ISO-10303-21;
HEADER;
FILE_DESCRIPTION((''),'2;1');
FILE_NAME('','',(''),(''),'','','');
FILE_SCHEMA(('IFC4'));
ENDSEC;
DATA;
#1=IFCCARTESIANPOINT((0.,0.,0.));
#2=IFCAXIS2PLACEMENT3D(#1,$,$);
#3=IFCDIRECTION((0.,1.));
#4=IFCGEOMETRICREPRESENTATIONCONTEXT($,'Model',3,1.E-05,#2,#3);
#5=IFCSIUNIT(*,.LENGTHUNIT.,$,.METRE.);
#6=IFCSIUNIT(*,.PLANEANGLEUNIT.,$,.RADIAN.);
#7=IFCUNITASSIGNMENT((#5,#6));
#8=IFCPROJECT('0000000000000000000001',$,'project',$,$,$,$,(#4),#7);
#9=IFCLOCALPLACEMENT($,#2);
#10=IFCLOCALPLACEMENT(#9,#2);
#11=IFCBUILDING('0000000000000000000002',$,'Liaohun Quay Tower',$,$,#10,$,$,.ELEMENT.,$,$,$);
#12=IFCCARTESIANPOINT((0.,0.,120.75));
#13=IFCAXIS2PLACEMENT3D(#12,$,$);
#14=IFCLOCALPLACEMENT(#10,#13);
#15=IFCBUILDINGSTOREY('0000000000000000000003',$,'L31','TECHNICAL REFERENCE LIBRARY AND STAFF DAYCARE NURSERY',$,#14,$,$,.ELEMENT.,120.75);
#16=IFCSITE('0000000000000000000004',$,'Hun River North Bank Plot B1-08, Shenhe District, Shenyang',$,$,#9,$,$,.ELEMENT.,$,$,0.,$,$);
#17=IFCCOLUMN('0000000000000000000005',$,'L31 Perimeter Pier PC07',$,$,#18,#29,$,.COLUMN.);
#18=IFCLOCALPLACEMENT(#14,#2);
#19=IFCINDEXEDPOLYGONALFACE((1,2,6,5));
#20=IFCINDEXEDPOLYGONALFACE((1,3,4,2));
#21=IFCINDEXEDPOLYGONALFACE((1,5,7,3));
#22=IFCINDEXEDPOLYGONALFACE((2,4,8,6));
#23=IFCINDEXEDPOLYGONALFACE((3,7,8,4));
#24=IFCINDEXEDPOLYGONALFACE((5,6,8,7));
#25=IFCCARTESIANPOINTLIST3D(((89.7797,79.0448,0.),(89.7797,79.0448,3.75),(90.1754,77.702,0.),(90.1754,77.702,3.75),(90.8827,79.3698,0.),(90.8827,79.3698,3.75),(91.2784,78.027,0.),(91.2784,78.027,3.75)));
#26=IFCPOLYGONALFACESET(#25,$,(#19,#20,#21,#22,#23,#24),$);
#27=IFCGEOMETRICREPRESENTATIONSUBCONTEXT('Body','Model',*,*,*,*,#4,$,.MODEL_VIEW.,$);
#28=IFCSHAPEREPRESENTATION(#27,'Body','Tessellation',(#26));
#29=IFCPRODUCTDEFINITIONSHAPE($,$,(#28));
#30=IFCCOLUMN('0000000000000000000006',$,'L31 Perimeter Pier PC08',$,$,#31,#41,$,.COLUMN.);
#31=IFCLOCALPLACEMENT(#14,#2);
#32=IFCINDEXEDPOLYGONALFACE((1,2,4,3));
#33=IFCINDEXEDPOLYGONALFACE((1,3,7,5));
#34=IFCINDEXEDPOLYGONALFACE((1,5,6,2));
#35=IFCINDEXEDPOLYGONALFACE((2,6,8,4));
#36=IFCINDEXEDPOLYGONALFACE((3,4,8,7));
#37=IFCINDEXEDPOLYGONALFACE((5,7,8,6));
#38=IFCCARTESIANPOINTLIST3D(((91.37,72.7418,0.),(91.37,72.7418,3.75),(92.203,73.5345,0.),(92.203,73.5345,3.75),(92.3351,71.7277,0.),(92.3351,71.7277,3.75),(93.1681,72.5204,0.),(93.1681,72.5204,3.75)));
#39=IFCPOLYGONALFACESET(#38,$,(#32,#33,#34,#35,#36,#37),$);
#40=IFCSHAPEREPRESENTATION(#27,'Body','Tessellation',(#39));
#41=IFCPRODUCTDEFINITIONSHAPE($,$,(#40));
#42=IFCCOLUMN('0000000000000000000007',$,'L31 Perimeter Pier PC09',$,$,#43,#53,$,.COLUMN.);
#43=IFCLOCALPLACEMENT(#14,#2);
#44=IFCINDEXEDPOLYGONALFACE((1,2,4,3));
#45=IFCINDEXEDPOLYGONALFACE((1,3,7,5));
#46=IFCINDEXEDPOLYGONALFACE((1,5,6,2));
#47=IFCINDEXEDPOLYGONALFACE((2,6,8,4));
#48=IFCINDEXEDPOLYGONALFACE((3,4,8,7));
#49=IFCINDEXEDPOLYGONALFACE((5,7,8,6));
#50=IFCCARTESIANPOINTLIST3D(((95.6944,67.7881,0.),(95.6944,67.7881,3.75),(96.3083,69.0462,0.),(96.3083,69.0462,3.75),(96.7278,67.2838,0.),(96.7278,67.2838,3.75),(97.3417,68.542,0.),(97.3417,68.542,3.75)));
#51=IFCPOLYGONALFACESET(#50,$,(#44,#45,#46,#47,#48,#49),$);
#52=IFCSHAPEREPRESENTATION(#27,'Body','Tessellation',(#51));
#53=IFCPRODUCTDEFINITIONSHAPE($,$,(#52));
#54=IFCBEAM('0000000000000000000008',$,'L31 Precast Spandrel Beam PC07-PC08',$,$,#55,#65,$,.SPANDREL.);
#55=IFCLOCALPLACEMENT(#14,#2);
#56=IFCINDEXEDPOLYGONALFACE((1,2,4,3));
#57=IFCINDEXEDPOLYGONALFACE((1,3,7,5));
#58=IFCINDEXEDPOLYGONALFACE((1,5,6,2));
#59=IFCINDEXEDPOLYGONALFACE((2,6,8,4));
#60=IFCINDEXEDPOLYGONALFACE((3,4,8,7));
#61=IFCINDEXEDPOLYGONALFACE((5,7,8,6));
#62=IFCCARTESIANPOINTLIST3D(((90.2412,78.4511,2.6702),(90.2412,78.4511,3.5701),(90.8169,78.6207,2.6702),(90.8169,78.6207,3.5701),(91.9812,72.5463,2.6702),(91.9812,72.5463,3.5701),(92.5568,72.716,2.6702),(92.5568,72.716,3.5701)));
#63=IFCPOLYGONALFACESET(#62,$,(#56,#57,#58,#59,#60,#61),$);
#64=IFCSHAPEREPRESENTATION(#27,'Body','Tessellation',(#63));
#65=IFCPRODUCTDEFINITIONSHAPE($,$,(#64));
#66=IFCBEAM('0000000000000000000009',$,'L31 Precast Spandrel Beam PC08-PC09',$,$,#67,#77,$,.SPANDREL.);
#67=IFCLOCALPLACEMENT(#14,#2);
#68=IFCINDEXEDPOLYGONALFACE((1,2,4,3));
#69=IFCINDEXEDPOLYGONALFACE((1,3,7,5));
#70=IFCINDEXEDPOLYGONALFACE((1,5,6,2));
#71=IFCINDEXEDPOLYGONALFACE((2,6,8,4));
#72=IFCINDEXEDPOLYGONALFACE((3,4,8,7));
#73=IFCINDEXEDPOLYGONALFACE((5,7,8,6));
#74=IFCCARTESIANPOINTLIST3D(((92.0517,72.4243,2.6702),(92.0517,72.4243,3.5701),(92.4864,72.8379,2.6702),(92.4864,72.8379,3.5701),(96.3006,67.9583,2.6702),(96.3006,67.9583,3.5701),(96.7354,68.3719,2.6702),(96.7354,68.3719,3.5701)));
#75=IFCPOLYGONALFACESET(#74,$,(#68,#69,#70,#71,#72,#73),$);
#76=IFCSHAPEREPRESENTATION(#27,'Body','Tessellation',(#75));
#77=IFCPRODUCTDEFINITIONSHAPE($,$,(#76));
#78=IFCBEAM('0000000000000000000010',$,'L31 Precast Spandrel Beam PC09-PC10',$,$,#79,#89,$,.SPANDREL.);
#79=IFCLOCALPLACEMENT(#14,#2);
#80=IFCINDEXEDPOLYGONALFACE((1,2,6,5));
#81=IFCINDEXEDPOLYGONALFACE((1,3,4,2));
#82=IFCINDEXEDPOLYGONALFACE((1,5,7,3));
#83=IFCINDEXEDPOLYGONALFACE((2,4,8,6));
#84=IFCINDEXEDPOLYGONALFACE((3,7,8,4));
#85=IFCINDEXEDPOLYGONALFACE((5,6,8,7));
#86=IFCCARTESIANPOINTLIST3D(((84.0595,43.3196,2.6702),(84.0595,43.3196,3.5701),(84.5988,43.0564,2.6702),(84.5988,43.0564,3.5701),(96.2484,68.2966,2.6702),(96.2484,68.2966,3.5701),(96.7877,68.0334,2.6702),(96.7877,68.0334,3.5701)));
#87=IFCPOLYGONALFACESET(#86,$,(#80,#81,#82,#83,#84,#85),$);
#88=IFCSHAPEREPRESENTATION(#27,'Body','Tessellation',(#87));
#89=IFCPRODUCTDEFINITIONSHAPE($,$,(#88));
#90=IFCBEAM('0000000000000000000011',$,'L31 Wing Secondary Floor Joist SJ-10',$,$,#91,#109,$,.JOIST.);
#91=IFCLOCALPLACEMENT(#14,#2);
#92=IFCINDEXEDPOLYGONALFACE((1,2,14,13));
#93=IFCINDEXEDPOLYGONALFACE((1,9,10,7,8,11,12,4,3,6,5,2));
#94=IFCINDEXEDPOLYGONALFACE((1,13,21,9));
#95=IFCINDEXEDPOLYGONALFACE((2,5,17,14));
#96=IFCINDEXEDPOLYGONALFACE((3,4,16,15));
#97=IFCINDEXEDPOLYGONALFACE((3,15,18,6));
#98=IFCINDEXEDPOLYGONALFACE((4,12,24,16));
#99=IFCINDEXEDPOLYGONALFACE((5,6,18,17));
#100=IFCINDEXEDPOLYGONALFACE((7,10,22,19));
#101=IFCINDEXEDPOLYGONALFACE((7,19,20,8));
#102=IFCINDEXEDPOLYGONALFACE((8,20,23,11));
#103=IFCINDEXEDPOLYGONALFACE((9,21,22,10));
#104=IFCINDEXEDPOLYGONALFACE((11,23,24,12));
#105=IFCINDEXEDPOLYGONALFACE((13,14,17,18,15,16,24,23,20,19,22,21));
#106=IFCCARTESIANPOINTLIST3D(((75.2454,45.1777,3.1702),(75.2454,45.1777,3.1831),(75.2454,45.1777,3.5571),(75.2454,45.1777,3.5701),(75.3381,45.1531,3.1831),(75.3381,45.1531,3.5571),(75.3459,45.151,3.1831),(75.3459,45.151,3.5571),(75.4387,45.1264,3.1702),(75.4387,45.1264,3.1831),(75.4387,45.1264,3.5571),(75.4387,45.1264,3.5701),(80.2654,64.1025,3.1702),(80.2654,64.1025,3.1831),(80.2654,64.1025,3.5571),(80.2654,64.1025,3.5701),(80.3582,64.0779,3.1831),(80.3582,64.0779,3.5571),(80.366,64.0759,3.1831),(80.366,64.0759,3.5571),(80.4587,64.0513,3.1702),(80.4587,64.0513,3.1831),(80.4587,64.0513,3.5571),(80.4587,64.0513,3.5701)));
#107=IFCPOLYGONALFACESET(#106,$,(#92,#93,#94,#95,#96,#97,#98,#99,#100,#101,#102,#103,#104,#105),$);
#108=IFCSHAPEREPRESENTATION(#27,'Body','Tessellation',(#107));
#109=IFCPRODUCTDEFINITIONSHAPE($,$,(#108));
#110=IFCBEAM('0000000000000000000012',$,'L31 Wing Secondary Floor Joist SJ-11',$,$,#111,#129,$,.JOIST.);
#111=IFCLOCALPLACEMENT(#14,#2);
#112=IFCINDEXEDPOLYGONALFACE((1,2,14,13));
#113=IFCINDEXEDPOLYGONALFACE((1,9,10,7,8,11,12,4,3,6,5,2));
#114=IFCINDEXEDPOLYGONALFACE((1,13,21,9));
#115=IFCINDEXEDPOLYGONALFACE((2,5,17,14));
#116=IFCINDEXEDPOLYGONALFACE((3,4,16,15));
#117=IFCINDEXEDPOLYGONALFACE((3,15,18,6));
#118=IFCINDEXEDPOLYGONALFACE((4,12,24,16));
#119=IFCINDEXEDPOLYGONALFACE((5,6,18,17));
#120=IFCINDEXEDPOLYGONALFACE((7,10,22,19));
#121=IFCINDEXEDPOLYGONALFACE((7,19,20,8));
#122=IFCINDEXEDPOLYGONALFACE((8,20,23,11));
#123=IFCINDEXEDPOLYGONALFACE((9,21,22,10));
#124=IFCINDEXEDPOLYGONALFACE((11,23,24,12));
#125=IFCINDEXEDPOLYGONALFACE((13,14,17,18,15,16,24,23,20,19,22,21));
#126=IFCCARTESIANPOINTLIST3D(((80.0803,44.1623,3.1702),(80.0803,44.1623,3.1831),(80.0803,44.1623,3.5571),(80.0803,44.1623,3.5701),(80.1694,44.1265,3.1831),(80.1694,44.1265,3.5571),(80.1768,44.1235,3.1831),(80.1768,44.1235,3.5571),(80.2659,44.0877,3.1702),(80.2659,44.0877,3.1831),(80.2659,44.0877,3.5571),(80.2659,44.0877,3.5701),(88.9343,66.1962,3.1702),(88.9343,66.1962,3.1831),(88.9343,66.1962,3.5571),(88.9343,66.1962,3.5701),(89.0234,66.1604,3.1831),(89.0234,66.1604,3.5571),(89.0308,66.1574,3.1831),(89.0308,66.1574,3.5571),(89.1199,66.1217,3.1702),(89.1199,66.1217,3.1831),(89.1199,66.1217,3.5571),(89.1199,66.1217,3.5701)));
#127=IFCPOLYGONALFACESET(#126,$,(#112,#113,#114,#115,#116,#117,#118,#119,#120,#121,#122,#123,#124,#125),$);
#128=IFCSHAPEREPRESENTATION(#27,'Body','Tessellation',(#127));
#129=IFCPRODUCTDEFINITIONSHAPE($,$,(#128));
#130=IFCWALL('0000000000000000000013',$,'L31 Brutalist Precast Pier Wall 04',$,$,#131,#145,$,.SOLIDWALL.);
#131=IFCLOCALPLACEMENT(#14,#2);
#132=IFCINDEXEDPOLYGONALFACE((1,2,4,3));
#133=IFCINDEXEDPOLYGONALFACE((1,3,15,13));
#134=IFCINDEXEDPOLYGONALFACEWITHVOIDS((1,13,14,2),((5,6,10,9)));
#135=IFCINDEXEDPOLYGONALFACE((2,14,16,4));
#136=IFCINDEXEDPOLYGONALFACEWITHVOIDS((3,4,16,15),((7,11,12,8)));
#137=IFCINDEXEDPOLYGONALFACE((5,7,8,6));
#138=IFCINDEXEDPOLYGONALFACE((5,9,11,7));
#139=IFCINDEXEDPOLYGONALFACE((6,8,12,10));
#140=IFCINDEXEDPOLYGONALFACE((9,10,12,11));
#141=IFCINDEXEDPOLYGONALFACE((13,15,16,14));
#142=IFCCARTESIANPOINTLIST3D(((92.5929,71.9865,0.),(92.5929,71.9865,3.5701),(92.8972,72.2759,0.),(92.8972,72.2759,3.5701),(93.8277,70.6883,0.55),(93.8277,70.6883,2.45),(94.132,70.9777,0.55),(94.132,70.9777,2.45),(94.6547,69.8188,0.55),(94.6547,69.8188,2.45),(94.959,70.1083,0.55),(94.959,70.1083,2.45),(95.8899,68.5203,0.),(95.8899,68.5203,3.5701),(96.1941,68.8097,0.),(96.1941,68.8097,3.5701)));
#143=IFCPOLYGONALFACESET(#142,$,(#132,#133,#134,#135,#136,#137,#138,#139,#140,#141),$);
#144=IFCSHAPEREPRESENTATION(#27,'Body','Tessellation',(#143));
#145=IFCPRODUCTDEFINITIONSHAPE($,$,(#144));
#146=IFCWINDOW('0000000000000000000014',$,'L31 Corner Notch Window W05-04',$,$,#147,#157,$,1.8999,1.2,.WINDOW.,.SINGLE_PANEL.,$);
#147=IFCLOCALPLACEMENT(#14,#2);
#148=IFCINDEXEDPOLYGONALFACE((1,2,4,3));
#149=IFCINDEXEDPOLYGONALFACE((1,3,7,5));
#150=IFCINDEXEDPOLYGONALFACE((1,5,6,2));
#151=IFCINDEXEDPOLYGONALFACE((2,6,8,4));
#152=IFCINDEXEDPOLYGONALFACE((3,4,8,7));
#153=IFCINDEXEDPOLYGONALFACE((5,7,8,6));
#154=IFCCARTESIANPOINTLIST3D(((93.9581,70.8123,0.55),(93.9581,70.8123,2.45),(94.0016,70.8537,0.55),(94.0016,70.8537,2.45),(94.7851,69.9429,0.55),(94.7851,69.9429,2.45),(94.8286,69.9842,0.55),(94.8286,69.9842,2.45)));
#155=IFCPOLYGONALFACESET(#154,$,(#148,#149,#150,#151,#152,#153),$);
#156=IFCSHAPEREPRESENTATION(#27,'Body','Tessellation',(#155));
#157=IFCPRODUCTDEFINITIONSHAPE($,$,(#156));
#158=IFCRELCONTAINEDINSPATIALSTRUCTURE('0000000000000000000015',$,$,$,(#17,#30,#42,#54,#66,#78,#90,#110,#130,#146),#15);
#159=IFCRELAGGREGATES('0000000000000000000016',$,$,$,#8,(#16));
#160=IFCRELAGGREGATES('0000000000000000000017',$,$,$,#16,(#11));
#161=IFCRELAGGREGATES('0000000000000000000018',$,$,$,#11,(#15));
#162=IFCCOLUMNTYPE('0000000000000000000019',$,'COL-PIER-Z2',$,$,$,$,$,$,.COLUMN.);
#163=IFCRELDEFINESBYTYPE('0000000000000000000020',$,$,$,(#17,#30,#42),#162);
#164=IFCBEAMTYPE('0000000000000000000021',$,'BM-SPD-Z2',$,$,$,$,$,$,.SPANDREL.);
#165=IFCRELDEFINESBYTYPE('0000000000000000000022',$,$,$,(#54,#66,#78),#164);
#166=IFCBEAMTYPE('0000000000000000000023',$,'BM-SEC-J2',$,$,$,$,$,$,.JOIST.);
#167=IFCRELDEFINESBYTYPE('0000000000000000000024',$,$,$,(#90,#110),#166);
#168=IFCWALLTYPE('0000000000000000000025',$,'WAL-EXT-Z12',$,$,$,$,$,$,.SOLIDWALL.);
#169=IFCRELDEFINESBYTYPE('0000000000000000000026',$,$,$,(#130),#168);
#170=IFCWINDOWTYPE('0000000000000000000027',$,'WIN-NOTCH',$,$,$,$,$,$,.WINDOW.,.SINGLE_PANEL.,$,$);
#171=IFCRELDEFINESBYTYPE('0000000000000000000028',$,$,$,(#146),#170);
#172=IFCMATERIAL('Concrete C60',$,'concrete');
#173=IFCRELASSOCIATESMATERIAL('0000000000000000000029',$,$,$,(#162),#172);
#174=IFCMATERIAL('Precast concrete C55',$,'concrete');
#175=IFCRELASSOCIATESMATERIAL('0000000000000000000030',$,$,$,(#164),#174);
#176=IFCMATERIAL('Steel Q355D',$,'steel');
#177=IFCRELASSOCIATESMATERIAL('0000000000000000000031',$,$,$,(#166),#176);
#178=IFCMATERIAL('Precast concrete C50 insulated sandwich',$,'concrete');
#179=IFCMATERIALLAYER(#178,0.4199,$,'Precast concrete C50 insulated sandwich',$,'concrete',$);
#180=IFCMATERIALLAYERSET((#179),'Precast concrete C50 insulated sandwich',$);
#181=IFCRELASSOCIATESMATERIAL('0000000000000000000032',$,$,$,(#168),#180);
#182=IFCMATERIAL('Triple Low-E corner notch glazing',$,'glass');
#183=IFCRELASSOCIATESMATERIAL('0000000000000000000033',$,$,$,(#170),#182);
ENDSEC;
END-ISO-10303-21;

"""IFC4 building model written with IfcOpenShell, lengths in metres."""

from ifc_helpers import new_model, si_unit, direction, frame, frame_2d, origin, origin_2d, place, context, subcontext, project, spatial, rectangle, i_section, extrude, source, transform, mapped, material, layer, layer_set, material_profile, profile_set, type_object, element, fill, save


model = new_model("IFC4")

# Units and contexts
model_context = context("Model", 3, precision=1e-05, world=origin(), true_north=direction((0.0, 1.0)))
body_context = subcontext(model_context, "Body", "Model", "MODEL_VIEW")
ifc_project = project(units=[si_unit("LENGTHUNIT", "METRE"), si_unit("PLANEANGLEUNIT", "RADIAN")], contexts=[model_context])

# Site, building, storey
site_placement = place(None, origin())
site = spatial("IfcSite", under=ifc_project, at=site_placement, Name="Hun River North Bank Plot B1-08, Shenhe District, Shenyang", CompositionType="ELEMENT", RefElevation=0.0)
building_placement = place(site_placement, origin())
building = spatial("IfcBuilding", under=site, at=building_placement, Name="Liaohun Quay Tower", CompositionType="ELEMENT")
storey_placement = place(building_placement, frame((0.0, 0.0, 120.75)))
storey = spatial("IfcBuildingStorey", under=building, at=storey_placement, Name="L31", Description="TECHNICAL REFERENCE LIBRARY AND STAFF DAYCARE NURSERY", CompositionType="ELEMENT", Elevation=120.75)

# Columns
ifc_material_1 = material(Name="Concrete C60", Category="concrete")
ifc_material_profile_1 = material_profile(ifc_material_1, rectangle(XDim=1.3999, YDim=1.1499, at=origin_2d()), Name="RC1400x1150")
ifc_profile_set_1 = profile_set([ifc_material_profile_1], Name="Concrete C60")
column_type = type_object("IfcColumnType", Name="COL-PIER-Z2", PredefinedType="COLUMN", material=ifc_profile_set_1)
shared_shape_1 = source(origin(), body_context, "Body", "SweptSolid", [
    extrude(rectangle(XDim=1.3999, YDim=1.1499, at=origin_2d()), origin(), (0.0, 0.0, 1.0), 3.75),
])
for number, where, z_axis, x_axis, name in (
    (1, (90.5291, 78.5359, 0.0), (0.0, 0.0, 1.0), (-0.282676, 0.959215, 0.0), "L31 Perimeter Pier PC07"),
    (2, (92.269, 72.6311, 0.0), (0.0, 0.0, 1.0), (-0.689367, 0.724413, 0.0), "L31 Perimeter Pier PC08"),
    (3, (96.5181, 68.165, 0.0), (0.0, 0.0, 1.0), (0.438528, 0.898718, 0.0), "L31 Perimeter Pier PC09"),
):
    element("IfcColumn", number, at=place(storey_placement, frame(where, z_axis=z_axis, x_axis=x_axis)), inside=storey, type_object=column_type, Name=name, PredefinedType="COLUMN", context=body_context, shape_type="MappedRepresentation", body=[
        mapped(shared_shape_1, transform((0.0, 0.0, 0.0), x_axis=(1.0, 0.0, 0.0), y_axis=(0.0, 1.0, 0.0), z_axis=(0.0, 0.0, 1.0), scale=1.0)),
    ])

# Beams
ifc_material_2 = material(Name="Precast concrete C55", Category="concrete")
ifc_material_profile_2 = material_profile(ifc_material_2, rectangle(XDim=0.6001, YDim=0.8999, at=origin_2d()), Name="RC600x900")
ifc_profile_set_2 = profile_set([ifc_material_profile_2], Name="Precast concrete C55")
beam_type_1 = type_object("IfcBeamType", Name="BM-SPD-Z2", PredefinedType="SPANDREL", material=ifc_profile_set_2)
shared_shape_2 = source(origin(), body_context, "Body", "SweptSolid", [
    extrude(rectangle(XDim=0.6001, YDim=0.8999, at=origin_2d()), origin(), (0.0, 0.0, 1.0), 6.1558),
])
beam_1_placement = place(storey_placement, frame((90.5291, 78.5359, 3.1201), z_axis=(0.282658, -0.959221, 0.0), x_axis=(0.959221, 0.282658, 0.0)))
element("IfcBeam", 4, at=beam_1_placement, inside=storey, type_object=beam_type_1, Name="L31 Precast Spandrel Beam PC07-PC08", PredefinedType="SPANDREL", context=body_context, shape_type="MappedRepresentation", body=[
    mapped(shared_shape_2, transform((0.0, 0.0, 0.0), x_axis=(1.0, 0.0, 0.0), y_axis=(0.0, 1.0, 0.0), z_axis=(0.0, 0.0, 1.0), scale=1.0)),
])
shared_shape_3 = source(origin(), body_context, "Body", "SweptSolid", [
    extrude(rectangle(XDim=0.6001, YDim=0.8999, at=origin_2d()), origin(), (0.0, 0.0, 1.0), 6.1643),
])
beam_2_placement = place(storey_placement, frame((92.269, 72.6311, 3.1201), z_axis=(0.689283, -0.724492, 0.0), x_axis=(0.724492, 0.689283, 0.0)))
element("IfcBeam", 5, at=beam_2_placement, inside=storey, type_object=beam_type_1, Name="L31 Precast Spandrel Beam PC08-PC09", PredefinedType="SPANDREL", context=body_context, shape_type="MappedRepresentation", body=[
    mapped(shared_shape_3, transform((0.0, 0.0, 0.0), x_axis=(1.0, 0.0, 0.0), y_axis=(0.0, 1.0, 0.0), z_axis=(0.0, 0.0, 1.0), scale=1.0)),
])
shared_shape_4 = source(origin(), body_context, "Body", "SweptSolid", [
    extrude(rectangle(XDim=0.6001, YDim=0.8999, at=origin_2d()), origin(), (0.0, 0.0, 1.0), 27.7925),
])
beam_3_placement = place(storey_placement, frame((96.5181, 68.165, 3.1201), z_axis=(-0.43857, -0.898697, 0.0), x_axis=(0.898697, -0.43857, 0.0)))
element("IfcBeam", 6, at=beam_3_placement, inside=storey, type_object=beam_type_1, Name="L31 Precast Spandrel Beam PC09-PC10", PredefinedType="SPANDREL", context=body_context, shape_type="MappedRepresentation", body=[
    mapped(shared_shape_4, transform((0.0, 0.0, 0.0), x_axis=(1.0, 0.0, 0.0), y_axis=(0.0, 1.0, 0.0), z_axis=(0.0, 0.0, 1.0), scale=1.0)),
])
ifc_material_3 = material(Name="Steel Q355D", Category="steel")
ifc_material_profile_3 = material_profile(ifc_material_3, i_section(OverallWidth=0.2, OverallDepth=0.3999, WebThickness=0.0081, FlangeThickness=0.0129, at=origin_2d()), Name="HN400x200x8x13")
ifc_profile_set_3 = profile_set([ifc_material_profile_3], Name="Steel Q355D")
beam_type_2 = type_object("IfcBeamType", Name="BM-SEC-J2", PredefinedType="JOIST", material=ifc_profile_set_3)
shared_shape_5 = source(origin(), body_context, "Body", "SweptSolid", [
    extrude(i_section(OverallWidth=0.2, OverallDepth=0.3999, WebThickness=0.0081, FlangeThickness=0.0129, at=origin_2d()), origin(), (0.0, 0.0, 1.0), 19.5793),
])
beam_4_placement = place(storey_placement, frame((80.3621, 64.0769, 3.3701), z_axis=(-0.256394, -0.966572, 0.0), x_axis=(0.966572, -0.256394, 0.0)))
element("IfcBeam", 7, at=beam_4_placement, inside=storey, type_object=beam_type_2, Name="L31 Wing Secondary Floor Joist SJ-10", PredefinedType="JOIST", context=body_context, shape_type="MappedRepresentation", body=[
    mapped(shared_shape_5, transform((0.0, 0.0, 0.0), x_axis=(1.0, 0.0, 0.0), y_axis=(0.0, 1.0, 0.0), z_axis=(0.0, 0.0, 1.0), scale=1.0)),
])
shared_shape_6 = source(origin(), body_context, "Body", "SweptSolid", [
    extrude(i_section(OverallWidth=0.2, OverallDepth=0.3999, WebThickness=0.0081, FlangeThickness=0.0129, at=origin_2d()), origin(), (0.0, 0.0, 1.0), 23.7463),
])
beam_5_placement = place(storey_placement, frame((89.0271, 66.1589, 3.3701), z_axis=(-0.372858, -0.927888, 0.0), x_axis=(0.927888, -0.372858, 0.0)))
element("IfcBeam", 8, at=beam_5_placement, inside=storey, type_object=beam_type_2, Name="L31 Wing Secondary Floor Joist SJ-11", PredefinedType="JOIST", context=body_context, shape_type="MappedRepresentation", body=[
    mapped(shared_shape_6, transform((0.0, 0.0, 0.0), x_axis=(1.0, 0.0, 0.0), y_axis=(0.0, 1.0, 0.0), z_axis=(0.0, 0.0, 1.0), scale=1.0)),
])

# Wall, opening, window
ifc_material_4 = material(Name="Precast concrete C50 insulated sandwich", Category="concrete")
ifc_layer_1 = layer(ifc_material_4, 0.4199, Name="Precast concrete C50 insulated sandwich", Category="concrete")
ifc_layer_set_1 = layer_set([ifc_layer_1], Name="Precast concrete C50 insulated sandwich")
wall_type_1 = type_object("IfcWallType", Name="WAL-EXT-Z12", PredefinedType="SOLIDWALL", material=ifc_layer_set_1)
wall_1_placement = place(storey_placement, frame((96.042, 68.665, 0.0), z_axis=(0.0, 0.0, 1.0), x_axis=(-0.689201, 0.72457, 0.0)))
wall_1 = element("IfcWall", 9, at=wall_1_placement, inside=storey, type_object=wall_type_1, Name="L31 Brutalist Precast Pier Wall 04", PredefinedType="SOLIDWALL", context=body_context, shape_type="SweptSolid", body=[
    extrude(rectangle(XDim=4.7837, YDim=0.4199, at=frame_2d((2.3918, 0.0))), origin(), (0.0, 0.0, 1.0), 3.5701),
])
shared_shape_7 = source(origin(), body_context, "Body", "SweptSolid", [
    extrude(rectangle(XDim=1.2, YDim=1.8999, at=frame_2d((0.6001, 0.95))), frame((0.0, 0.22, 0.0), z_axis=(0.0, -1.0, 0.0), x_axis=(1.0, 0.0, 0.0)), (0.0, 0.0, 1.0), 0.4399),
])
opening_1_placement = place(wall_1_placement, frame((1.792, 0.0, 0.55)))
opening_1 = element("IfcOpeningElement", 10, at=opening_1_placement, cuts=wall_1, PredefinedType="OPENING", context=body_context, shape_type="MappedRepresentation", body=[
    mapped(shared_shape_7, transform((0.0, 0.0, 0.0), x_axis=(1.0, 0.0, 0.0), y_axis=(0.0, 1.0, 0.0), z_axis=(0.0, 0.0, 1.0), scale=1.0)),
])
ifc_material_5 = material(Name="Triple Low-E corner notch glazing", Category="glass")
window_type_1 = type_object("IfcWindowType", Name="WIN-NOTCH", PartitioningType="SINGLE_PANEL", PredefinedType="WINDOW", material=ifc_material_5)
shared_shape_8 = source(origin(), body_context, "Body", "SweptSolid", [
    extrude(rectangle(XDim=1.2, YDim=1.8999, at=frame_2d((0.6001, 0.95))), frame((0.0, 0.03, 0.0), z_axis=(0.0, -1.0, 0.0), x_axis=(1.0, 0.0, 0.0)), (0.0, 0.0, 1.0), 0.0601),
])
window_1_placement = place(opening_1_placement, origin())
window_1 = element("IfcWindow", 11, at=window_1_placement, inside=storey, type_object=window_type_1, Name="L31 Corner Notch Window W05-04", OverallHeight=1.8999, OverallWidth=1.2, PartitioningType="SINGLE_PANEL", PredefinedType="WINDOW", context=body_context, shape_type="MappedRepresentation", body=[
    mapped(shared_shape_8, transform((0.0, 0.0, 0.0), x_axis=(1.0, 0.0, 0.0), y_axis=(0.0, 1.0, 0.0), z_axis=(0.0, 0.0, 1.0), scale=1.0)),
])
fill(opening_1, window_1)

save(model, "model.ifc")
